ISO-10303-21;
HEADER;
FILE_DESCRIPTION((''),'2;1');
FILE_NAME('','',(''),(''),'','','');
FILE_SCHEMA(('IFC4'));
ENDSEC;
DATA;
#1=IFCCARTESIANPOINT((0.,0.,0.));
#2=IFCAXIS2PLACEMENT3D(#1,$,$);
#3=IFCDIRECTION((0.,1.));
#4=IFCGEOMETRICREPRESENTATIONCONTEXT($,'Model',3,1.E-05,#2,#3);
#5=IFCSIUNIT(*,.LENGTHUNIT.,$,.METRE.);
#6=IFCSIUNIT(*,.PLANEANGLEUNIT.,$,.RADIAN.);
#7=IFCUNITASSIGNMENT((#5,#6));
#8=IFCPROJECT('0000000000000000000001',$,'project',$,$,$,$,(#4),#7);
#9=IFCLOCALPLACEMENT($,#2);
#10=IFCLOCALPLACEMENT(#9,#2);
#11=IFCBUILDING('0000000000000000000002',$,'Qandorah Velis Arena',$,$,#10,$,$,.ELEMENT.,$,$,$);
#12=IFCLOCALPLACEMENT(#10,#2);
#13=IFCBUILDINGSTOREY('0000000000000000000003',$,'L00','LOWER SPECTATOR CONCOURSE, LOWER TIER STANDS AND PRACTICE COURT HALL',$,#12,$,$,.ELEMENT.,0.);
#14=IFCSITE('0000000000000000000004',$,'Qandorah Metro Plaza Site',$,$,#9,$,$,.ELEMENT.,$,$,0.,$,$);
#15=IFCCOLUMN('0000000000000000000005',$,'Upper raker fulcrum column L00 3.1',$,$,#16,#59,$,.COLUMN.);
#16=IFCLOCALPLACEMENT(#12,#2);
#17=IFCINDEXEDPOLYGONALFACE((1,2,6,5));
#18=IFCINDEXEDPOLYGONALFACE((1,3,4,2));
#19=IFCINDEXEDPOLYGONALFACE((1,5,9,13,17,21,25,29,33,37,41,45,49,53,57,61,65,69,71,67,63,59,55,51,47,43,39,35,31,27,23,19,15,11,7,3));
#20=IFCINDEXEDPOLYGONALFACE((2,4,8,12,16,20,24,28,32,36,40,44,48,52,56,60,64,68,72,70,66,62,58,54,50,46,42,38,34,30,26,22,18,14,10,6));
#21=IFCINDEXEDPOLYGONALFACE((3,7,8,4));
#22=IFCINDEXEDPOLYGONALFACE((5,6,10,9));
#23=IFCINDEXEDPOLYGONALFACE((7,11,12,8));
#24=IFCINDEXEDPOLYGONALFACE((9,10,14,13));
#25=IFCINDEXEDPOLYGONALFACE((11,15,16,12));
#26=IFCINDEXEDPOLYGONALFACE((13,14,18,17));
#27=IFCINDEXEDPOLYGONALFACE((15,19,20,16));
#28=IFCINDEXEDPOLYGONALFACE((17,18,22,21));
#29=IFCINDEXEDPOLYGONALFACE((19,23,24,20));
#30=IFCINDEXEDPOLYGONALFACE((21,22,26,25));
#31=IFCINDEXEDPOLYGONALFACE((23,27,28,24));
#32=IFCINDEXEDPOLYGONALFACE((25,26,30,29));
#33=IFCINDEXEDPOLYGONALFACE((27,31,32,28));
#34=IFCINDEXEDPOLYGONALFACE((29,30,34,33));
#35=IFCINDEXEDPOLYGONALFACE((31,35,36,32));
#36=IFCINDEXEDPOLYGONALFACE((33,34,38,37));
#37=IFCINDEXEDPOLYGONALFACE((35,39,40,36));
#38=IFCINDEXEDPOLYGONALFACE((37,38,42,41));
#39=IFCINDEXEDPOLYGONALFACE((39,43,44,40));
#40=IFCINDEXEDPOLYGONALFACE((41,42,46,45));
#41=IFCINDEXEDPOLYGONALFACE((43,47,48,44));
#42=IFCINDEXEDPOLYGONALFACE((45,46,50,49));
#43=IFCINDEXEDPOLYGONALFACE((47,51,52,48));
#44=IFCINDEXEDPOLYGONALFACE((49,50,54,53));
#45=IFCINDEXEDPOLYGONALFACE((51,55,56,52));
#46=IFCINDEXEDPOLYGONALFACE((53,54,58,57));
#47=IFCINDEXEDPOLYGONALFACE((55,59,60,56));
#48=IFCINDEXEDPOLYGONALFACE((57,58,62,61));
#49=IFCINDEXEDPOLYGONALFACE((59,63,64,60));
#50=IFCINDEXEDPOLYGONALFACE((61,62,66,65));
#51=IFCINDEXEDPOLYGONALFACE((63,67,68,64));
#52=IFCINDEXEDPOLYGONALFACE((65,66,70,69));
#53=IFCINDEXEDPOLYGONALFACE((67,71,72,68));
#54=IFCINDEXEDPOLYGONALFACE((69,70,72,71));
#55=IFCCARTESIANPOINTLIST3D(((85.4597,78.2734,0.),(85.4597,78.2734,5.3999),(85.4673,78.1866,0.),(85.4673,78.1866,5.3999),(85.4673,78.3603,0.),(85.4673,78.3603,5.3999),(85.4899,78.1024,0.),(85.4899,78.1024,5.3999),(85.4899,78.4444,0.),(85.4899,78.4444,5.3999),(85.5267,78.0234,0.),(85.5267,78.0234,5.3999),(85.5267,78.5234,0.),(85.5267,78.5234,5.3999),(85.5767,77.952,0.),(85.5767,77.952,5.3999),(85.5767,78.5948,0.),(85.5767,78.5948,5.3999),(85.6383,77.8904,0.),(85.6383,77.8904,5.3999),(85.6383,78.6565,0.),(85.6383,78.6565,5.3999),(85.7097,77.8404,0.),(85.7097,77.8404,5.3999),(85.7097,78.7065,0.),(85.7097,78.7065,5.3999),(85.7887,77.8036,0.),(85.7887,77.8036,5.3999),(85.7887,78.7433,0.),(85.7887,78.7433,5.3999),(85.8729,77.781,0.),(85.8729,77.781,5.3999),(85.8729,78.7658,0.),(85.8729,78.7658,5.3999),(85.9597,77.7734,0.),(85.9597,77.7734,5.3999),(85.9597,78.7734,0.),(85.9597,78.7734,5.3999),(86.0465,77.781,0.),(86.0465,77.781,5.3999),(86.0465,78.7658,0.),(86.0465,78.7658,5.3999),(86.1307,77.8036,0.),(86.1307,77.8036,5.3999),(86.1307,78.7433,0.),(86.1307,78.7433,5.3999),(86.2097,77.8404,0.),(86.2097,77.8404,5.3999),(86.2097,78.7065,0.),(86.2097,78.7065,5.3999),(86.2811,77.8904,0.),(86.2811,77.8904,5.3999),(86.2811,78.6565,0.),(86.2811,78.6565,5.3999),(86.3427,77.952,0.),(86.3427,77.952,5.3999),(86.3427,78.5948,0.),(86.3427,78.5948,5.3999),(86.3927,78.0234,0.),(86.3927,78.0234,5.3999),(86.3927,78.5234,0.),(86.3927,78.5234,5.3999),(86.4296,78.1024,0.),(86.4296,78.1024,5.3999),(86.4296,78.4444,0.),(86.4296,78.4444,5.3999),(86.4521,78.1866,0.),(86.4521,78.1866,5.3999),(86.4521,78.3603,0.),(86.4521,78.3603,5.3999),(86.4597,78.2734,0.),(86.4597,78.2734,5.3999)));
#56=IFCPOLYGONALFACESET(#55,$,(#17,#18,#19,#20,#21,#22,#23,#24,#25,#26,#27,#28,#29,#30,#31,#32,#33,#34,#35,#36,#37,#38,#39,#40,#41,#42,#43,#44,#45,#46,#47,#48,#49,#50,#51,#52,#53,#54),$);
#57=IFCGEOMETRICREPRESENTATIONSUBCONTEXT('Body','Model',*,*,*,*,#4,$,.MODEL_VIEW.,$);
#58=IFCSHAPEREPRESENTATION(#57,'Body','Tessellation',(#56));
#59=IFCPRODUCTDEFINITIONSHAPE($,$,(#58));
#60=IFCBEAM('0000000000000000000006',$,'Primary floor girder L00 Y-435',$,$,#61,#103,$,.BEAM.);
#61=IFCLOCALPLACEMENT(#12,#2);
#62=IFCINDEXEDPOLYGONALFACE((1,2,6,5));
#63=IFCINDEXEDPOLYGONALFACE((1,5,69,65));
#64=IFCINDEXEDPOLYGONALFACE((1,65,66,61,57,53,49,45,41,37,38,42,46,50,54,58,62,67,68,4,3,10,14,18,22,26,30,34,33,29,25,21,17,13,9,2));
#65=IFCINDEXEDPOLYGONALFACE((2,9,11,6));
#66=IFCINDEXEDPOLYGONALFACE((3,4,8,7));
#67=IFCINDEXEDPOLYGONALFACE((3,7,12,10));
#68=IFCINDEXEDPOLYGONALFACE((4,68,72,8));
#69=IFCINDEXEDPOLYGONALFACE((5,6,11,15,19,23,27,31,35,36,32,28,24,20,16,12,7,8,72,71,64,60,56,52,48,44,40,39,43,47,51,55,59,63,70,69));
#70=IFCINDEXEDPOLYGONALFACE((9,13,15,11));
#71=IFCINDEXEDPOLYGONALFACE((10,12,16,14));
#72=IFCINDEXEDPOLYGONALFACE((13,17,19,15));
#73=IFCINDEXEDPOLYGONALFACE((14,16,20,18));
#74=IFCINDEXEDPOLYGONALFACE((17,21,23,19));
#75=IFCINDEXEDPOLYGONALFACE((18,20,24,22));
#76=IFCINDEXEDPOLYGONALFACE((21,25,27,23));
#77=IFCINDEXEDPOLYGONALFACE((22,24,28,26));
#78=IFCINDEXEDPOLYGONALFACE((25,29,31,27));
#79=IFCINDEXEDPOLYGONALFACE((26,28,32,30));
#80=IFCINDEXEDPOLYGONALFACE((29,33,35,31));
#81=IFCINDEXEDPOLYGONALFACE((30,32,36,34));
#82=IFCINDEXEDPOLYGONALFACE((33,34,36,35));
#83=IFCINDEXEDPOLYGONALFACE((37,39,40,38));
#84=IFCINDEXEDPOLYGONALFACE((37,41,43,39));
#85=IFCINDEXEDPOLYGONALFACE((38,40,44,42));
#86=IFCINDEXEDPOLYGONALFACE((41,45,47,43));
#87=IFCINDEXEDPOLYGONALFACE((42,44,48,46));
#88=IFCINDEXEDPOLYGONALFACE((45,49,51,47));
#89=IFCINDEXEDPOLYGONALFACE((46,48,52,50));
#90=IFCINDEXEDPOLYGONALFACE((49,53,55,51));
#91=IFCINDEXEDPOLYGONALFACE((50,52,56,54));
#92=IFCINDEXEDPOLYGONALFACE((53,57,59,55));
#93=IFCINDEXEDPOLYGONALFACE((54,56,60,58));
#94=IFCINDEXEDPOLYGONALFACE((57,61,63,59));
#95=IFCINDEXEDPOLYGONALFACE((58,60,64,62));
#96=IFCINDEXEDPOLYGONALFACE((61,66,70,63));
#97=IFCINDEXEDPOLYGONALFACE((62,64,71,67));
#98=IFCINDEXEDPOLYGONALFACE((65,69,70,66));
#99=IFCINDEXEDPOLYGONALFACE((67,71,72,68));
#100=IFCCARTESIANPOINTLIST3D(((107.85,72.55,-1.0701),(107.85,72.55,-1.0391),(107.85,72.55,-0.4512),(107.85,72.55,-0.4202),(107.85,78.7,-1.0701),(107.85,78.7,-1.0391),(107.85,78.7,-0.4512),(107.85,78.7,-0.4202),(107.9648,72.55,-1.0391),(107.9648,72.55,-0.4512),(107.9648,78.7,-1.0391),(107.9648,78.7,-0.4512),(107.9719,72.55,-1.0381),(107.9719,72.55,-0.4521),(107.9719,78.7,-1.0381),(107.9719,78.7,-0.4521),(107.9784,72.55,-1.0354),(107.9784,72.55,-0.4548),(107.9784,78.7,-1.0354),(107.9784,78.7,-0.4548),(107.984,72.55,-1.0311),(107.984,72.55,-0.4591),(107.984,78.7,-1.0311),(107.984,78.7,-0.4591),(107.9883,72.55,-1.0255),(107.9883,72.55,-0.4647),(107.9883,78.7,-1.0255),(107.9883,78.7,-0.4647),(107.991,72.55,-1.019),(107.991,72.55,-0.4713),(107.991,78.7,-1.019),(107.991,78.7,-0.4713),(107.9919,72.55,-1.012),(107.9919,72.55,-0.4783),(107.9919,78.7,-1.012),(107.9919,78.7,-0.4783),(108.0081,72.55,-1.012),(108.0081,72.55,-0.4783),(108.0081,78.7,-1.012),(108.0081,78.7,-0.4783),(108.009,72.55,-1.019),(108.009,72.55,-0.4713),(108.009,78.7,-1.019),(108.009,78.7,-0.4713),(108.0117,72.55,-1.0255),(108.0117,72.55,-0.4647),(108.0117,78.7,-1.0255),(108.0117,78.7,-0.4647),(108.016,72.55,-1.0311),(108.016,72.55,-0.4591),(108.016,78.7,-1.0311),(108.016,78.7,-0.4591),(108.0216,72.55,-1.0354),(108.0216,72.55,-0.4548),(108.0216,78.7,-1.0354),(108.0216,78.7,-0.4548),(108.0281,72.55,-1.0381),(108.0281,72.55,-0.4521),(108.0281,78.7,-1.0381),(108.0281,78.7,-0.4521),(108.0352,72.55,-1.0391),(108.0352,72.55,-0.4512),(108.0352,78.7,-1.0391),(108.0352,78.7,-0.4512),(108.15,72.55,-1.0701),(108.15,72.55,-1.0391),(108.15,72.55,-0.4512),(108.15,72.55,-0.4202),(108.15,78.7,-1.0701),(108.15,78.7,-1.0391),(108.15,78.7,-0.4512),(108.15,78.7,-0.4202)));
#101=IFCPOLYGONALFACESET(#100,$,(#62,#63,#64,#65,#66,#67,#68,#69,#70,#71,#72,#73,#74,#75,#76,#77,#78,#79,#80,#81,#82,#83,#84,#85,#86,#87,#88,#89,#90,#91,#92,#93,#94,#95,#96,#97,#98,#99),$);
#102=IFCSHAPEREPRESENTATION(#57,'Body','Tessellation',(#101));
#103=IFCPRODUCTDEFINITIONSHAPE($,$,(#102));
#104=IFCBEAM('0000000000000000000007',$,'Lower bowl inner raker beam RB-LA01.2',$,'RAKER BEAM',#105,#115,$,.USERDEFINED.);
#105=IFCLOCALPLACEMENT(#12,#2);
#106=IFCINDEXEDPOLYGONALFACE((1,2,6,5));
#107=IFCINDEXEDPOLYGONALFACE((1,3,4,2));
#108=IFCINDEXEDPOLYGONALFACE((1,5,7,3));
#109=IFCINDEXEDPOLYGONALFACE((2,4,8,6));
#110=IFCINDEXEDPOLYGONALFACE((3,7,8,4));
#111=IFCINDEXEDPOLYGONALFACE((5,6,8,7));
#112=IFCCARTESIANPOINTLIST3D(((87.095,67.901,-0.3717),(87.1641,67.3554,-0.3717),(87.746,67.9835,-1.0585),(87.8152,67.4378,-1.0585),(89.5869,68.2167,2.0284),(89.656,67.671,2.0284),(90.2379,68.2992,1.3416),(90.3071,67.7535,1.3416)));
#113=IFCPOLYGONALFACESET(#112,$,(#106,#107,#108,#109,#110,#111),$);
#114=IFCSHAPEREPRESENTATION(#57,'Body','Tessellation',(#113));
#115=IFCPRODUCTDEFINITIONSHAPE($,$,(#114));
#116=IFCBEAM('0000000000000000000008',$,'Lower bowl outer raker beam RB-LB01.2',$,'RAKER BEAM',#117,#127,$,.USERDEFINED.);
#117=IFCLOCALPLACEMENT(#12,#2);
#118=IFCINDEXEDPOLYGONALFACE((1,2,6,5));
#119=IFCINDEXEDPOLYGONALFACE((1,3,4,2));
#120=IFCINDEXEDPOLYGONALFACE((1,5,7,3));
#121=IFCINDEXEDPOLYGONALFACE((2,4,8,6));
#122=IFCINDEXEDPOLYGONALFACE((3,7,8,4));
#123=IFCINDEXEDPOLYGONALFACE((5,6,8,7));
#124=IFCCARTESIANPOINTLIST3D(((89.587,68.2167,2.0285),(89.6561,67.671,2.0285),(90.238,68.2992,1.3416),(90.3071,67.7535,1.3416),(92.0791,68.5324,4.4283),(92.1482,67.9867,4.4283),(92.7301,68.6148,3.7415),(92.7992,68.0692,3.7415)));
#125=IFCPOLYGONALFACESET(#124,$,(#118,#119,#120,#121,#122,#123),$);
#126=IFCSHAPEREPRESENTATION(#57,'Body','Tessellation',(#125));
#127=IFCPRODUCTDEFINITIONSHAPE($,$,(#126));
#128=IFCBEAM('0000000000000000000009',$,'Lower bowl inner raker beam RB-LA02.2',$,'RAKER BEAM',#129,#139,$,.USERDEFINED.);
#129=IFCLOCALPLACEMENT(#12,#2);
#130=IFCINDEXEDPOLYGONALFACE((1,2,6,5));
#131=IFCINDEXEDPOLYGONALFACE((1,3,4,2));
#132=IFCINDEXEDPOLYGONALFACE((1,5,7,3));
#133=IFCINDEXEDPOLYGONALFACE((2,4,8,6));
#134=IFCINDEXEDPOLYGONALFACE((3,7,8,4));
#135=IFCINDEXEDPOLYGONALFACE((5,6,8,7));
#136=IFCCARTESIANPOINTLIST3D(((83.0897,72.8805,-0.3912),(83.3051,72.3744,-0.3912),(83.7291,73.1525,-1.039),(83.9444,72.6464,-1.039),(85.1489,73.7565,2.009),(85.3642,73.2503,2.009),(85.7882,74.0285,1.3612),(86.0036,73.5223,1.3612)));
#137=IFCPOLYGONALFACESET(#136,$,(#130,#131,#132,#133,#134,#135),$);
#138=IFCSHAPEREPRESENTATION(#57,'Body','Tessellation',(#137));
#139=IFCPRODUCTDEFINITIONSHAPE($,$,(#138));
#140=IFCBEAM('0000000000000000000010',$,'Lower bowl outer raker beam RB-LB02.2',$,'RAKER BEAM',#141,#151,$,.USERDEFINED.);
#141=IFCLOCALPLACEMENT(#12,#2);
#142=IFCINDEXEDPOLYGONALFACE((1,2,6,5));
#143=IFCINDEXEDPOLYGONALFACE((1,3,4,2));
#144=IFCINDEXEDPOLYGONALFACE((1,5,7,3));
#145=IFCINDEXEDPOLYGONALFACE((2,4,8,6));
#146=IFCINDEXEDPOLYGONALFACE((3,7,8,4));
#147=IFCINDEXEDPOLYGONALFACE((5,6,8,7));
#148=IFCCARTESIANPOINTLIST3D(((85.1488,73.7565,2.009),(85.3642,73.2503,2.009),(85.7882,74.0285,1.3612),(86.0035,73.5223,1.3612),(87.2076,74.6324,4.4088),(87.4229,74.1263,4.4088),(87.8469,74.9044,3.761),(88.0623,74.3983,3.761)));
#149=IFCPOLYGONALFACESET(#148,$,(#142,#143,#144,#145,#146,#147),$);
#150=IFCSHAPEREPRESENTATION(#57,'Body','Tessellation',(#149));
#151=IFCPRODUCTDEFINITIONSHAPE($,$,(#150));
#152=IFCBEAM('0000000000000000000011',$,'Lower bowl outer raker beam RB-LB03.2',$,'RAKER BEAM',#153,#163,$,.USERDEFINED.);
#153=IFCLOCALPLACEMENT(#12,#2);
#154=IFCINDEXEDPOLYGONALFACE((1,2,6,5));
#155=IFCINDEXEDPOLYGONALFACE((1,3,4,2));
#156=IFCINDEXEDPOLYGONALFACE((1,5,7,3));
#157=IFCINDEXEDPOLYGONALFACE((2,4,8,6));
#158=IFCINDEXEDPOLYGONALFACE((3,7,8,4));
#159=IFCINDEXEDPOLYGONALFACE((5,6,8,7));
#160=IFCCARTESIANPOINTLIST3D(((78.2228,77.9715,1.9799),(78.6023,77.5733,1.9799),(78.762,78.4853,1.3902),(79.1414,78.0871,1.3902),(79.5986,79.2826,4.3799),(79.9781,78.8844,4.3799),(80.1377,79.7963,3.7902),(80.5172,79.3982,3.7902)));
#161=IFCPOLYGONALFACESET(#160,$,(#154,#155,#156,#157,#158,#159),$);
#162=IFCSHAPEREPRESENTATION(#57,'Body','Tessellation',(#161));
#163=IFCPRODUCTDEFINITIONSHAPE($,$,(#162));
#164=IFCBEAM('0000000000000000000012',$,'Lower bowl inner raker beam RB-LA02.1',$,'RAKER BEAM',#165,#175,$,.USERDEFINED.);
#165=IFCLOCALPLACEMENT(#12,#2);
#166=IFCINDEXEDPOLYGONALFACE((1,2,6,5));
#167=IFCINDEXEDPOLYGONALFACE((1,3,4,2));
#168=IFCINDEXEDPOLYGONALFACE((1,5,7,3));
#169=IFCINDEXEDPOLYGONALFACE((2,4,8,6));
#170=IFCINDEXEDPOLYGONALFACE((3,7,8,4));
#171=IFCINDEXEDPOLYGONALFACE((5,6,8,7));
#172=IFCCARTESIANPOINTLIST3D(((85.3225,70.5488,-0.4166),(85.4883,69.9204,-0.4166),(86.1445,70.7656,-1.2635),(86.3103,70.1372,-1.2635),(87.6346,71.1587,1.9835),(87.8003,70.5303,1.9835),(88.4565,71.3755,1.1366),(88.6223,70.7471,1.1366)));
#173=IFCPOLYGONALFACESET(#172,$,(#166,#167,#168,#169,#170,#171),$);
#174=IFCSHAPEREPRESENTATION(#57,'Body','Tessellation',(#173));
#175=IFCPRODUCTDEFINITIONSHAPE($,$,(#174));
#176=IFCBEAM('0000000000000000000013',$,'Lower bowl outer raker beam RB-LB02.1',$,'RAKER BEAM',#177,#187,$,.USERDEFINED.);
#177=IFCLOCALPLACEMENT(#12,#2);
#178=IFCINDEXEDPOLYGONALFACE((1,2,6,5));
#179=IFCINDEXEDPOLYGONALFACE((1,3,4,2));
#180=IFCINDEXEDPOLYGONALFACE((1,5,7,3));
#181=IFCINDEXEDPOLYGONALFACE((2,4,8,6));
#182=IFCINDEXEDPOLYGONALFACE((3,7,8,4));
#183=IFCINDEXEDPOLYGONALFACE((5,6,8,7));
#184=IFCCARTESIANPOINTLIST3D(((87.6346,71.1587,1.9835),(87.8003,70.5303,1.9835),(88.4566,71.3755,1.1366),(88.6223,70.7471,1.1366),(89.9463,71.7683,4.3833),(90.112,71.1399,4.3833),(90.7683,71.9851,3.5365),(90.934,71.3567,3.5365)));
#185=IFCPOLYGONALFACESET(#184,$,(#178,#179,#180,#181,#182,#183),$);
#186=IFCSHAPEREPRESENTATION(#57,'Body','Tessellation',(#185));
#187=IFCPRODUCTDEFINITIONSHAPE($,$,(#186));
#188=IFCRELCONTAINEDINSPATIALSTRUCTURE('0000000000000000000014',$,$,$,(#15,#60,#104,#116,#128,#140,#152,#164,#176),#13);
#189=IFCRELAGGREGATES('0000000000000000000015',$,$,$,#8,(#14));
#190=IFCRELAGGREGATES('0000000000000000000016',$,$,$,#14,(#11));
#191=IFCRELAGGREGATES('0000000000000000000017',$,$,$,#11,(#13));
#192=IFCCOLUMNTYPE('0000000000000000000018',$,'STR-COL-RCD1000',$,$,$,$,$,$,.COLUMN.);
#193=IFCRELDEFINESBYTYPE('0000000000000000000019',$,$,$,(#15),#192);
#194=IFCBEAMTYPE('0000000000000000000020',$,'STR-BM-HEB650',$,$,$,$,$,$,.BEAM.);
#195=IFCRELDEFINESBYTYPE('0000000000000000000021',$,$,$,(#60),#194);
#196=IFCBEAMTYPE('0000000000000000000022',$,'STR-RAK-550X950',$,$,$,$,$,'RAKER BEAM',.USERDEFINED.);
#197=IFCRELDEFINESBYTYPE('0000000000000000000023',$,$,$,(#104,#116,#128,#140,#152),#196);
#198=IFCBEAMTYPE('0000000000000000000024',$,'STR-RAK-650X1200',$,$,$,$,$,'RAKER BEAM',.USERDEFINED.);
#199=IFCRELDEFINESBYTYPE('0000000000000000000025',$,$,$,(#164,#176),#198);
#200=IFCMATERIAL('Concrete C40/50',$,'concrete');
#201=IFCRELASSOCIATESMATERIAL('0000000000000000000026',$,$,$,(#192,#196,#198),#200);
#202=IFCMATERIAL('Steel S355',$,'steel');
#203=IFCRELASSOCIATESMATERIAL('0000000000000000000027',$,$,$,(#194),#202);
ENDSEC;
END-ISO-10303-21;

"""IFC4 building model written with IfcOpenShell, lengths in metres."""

from ifc_helpers import new_model, si_unit, direction, frame, origin, origin_2d, place, context, subcontext, project, spatial, rectangle, circle, i_section, extrude, material, material_profile, profile_set, type_object, element, save


model = new_model("IFC4")

# Units and contexts
model_context = context("Model", 3, precision=1e-05, world=origin(), true_north=direction((0.0, 1.0)))
body_context = subcontext(model_context, "Body", "Model", "MODEL_VIEW")
ifc_project = project(units=[si_unit("LENGTHUNIT", "METRE"), si_unit("PLANEANGLEUNIT", "RADIAN")], contexts=[model_context])

# Site, building, storey
site_placement = place(None, origin())
site = spatial("IfcSite", under=ifc_project, at=site_placement, Name="Qandorah Metro Plaza Site", CompositionType="ELEMENT", RefElevation=0.0)
building_placement = place(site_placement, origin())
building = spatial("IfcBuilding", under=site, at=building_placement, Name="Qandorah Velis Arena", CompositionType="ELEMENT")
storey_placement = place(building_placement, origin())
storey = spatial("IfcBuildingStorey", under=building, at=storey_placement, Name="L00", Description="LOWER SPECTATOR CONCOURSE, LOWER TIER STANDS AND PRACTICE COURT HALL", CompositionType="ELEMENT", Elevation=0.0)

# Column
ifc_material_1 = material(Name="Concrete C40/50", Category="concrete")
ifc_material_profile_1 = material_profile(ifc_material_1, circle(Radius=0.5, at=origin_2d()), Name="RC D1000")
ifc_profile_set_1 = profile_set([ifc_material_profile_1], Name="Concrete C40/50")
column_type_1 = type_object("IfcColumnType", Name="STR-COL-RCD1000", PredefinedType="COLUMN", material=ifc_profile_set_1)
column_1_placement = place(storey_placement, frame((85.9597, 78.2734, 0.0), z_axis=(0.0, 0.0, 1.0), x_axis=(1.0, 0.0, 0.0)))
element("IfcColumn", 1, at=column_1_placement, inside=storey, type_object=column_type_1, Name="Upper raker fulcrum column L00 3.1", PredefinedType="COLUMN", context=body_context, shape_type="SweptSolid", body=[
    extrude(circle(Radius=0.5, at=origin_2d()), origin(), (0.0, 0.0, 1.0), 5.3999),
])

# Beams
ifc_material_2 = material(Name="Steel S355", Category="steel")
ifc_material_profile_2 = material_profile(ifc_material_2, i_section(OverallWidth=0.3, OverallDepth=0.6499, WebThickness=0.0161, FlangeThickness=0.031, FilletRadius=0.0271, at=origin_2d()), Name="HEB 650")
ifc_profile_set_2 = profile_set([ifc_material_profile_2], Name="Steel S355")
beam_type_1 = type_object("IfcBeamType", Name="STR-BM-HEB650", PredefinedType="BEAM", material=ifc_profile_set_2)
beam_1_placement = place(storey_placement, frame((108.0, 72.55, -0.7451), z_axis=(0.0, 1.0, 0.0), x_axis=(-1.0, 0.0, 0.0)))
element("IfcBeam", 2, at=beam_1_placement, inside=storey, type_object=beam_type_1, Name="Primary floor girder L00 Y-435", PredefinedType="BEAM", context=body_context, shape_type="SweptSolid", body=[
    extrude(i_section(OverallWidth=0.3, OverallDepth=0.6499, WebThickness=0.0161, FlangeThickness=0.031, FilletRadius=0.0271, at=origin_2d()), origin(), (0.0, 0.0, 1.0), 6.1499),
])
ifc_material_profile_3 = material_profile(ifc_material_1, rectangle(XDim=0.55, YDim=0.95, at=origin_2d()), Name="RC RAKER 550x950")
ifc_profile_set_3 = profile_set([ifc_material_profile_3], Name="Concrete C40/50")
beam_type_2 = type_object("IfcBeamType", Name="STR-RAK-550X950", ElementType="RAKER BEAM", PredefinedType="USERDEFINED", material=ifc_profile_set_3)
for number, where, z_axis, x_axis, name in (
    (3, (87.4551, 67.6694, -0.7151), (0.717269, 0.090862, 0.690847), (-0.125673, 0.992072, 0.0), "Lower bowl inner raker beam RB-LA01.2"),
    (4, (89.947, 67.9851, 1.6851), (0.717338, 0.090862, 0.690775), (-0.125661, 0.992073, 0.0), "Lower bowl outer raker beam RB-LB01.2"),
):
    element("IfcBeam", number, at=place(storey_placement, frame(where, z_axis=z_axis, x_axis=x_axis)), inside=storey, type_object=beam_type_2, Name=name, ObjectType="RAKER BEAM", PredefinedType="USERDEFINED", context=body_context, shape_type="SweptSolid", body=[
        extrude(rectangle(XDim=0.55, YDim=0.95, at=origin_2d()), origin(), (0.0, 0.0, 1.0), 3.4741),
    ])
beam_2_placement = place(storey_placement, frame((83.5171, 72.7634, -0.7151), z_axis=(0.627493, 0.266949, 0.731431), x_axis=(-0.391469, 0.920191, 0.0)))
element("IfcBeam", 5, at=beam_2_placement, inside=storey, type_object=beam_type_2, Name="Lower bowl inner raker beam RB-LA02.2", ObjectType="RAKER BEAM", PredefinedType="USERDEFINED", context=body_context, shape_type="SweptSolid", body=[
    extrude(rectangle(XDim=0.55, YDim=0.95, at=origin_2d()), origin(), (0.0, 0.0, 1.0), 3.2815),
])
beam_3_placement = place(storey_placement, frame((85.5762, 73.6394, 1.6851), z_axis=(0.627482, 0.266976, 0.73143), x_axis=(-0.391508, 0.920175, 0.0)))
element("IfcBeam", 6, at=beam_3_placement, inside=storey, type_object=beam_type_2, Name="Lower bowl outer raker beam RB-LB02.2", ObjectType="RAKER BEAM", PredefinedType="USERDEFINED", context=body_context, shape_type="SweptSolid", body=[
    extrude(rectangle(XDim=0.55, YDim=0.95, at=origin_2d()), origin(), (0.0, 0.0, 1.0), 3.281),
])
beam_4_placement = place(storey_placement, frame((78.6821, 78.0293, 1.6851), z_axis=(0.449409, 0.428274, 0.783973), x_axis=(-0.68988, 0.723924, 0.0)))
element("IfcBeam", 7, at=beam_4_placement, inside=storey, type_object=beam_type_2, Name="Lower bowl outer raker beam RB-LB03.2", ObjectType="RAKER BEAM", PredefinedType="USERDEFINED", context=body_context, shape_type="SweptSolid", body=[
    extrude(rectangle(XDim=0.55, YDim=0.95, at=origin_2d()), origin(), (0.0, 0.0, 1.0), 3.0613),
])
ifc_material_profile_4 = material_profile(ifc_material_1, rectangle(XDim=0.6499, YDim=1.2, at=origin_2d()), Name="RC RAKER 650x1200")
ifc_profile_set_4 = profile_set([ifc_material_profile_4], Name="Concrete C40/50")
beam_type_3 = type_object("IfcBeamType", Name="STR-RAK-650X1200", ElementType="RAKER BEAM", PredefinedType="USERDEFINED", material=ifc_profile_set_4)
beam_5_placement = place(storey_placement, frame((85.8164, 70.343, -0.8401), z_axis=(0.682427, 0.180011, 0.708441), x_axis=(-0.255056, 0.966926, 0.0)))
element("IfcBeam", 8, at=beam_5_placement, inside=storey, type_object=beam_type_3, Name="Lower bowl inner raker beam RB-LA02.1", ObjectType="RAKER BEAM", PredefinedType="USERDEFINED", context=body_context, shape_type="SweptSolid", body=[
    extrude(rectangle(XDim=0.6499, YDim=1.2, at=origin_2d()), origin(), (0.0, 0.0, 1.0), 3.3879),
])
beam_6_placement = place(storey_placement, frame((88.1284, 70.9529, 1.5601), z_axis=(0.682432, 0.179959, 0.70845), x_axis=(-0.254986, 0.966945, 0.0)))
element("IfcBeam", 9, at=beam_6_placement, inside=storey, type_object=beam_type_3, Name="Lower bowl outer raker beam RB-LB02.1", ObjectType="RAKER BEAM", PredefinedType="USERDEFINED", context=body_context, shape_type="SweptSolid", body=[
    extrude(rectangle(XDim=0.6499, YDim=1.2, at=origin_2d()), origin(), (0.0, 0.0, 1.0), 3.3875),
])

save(model, "model.ifc")
